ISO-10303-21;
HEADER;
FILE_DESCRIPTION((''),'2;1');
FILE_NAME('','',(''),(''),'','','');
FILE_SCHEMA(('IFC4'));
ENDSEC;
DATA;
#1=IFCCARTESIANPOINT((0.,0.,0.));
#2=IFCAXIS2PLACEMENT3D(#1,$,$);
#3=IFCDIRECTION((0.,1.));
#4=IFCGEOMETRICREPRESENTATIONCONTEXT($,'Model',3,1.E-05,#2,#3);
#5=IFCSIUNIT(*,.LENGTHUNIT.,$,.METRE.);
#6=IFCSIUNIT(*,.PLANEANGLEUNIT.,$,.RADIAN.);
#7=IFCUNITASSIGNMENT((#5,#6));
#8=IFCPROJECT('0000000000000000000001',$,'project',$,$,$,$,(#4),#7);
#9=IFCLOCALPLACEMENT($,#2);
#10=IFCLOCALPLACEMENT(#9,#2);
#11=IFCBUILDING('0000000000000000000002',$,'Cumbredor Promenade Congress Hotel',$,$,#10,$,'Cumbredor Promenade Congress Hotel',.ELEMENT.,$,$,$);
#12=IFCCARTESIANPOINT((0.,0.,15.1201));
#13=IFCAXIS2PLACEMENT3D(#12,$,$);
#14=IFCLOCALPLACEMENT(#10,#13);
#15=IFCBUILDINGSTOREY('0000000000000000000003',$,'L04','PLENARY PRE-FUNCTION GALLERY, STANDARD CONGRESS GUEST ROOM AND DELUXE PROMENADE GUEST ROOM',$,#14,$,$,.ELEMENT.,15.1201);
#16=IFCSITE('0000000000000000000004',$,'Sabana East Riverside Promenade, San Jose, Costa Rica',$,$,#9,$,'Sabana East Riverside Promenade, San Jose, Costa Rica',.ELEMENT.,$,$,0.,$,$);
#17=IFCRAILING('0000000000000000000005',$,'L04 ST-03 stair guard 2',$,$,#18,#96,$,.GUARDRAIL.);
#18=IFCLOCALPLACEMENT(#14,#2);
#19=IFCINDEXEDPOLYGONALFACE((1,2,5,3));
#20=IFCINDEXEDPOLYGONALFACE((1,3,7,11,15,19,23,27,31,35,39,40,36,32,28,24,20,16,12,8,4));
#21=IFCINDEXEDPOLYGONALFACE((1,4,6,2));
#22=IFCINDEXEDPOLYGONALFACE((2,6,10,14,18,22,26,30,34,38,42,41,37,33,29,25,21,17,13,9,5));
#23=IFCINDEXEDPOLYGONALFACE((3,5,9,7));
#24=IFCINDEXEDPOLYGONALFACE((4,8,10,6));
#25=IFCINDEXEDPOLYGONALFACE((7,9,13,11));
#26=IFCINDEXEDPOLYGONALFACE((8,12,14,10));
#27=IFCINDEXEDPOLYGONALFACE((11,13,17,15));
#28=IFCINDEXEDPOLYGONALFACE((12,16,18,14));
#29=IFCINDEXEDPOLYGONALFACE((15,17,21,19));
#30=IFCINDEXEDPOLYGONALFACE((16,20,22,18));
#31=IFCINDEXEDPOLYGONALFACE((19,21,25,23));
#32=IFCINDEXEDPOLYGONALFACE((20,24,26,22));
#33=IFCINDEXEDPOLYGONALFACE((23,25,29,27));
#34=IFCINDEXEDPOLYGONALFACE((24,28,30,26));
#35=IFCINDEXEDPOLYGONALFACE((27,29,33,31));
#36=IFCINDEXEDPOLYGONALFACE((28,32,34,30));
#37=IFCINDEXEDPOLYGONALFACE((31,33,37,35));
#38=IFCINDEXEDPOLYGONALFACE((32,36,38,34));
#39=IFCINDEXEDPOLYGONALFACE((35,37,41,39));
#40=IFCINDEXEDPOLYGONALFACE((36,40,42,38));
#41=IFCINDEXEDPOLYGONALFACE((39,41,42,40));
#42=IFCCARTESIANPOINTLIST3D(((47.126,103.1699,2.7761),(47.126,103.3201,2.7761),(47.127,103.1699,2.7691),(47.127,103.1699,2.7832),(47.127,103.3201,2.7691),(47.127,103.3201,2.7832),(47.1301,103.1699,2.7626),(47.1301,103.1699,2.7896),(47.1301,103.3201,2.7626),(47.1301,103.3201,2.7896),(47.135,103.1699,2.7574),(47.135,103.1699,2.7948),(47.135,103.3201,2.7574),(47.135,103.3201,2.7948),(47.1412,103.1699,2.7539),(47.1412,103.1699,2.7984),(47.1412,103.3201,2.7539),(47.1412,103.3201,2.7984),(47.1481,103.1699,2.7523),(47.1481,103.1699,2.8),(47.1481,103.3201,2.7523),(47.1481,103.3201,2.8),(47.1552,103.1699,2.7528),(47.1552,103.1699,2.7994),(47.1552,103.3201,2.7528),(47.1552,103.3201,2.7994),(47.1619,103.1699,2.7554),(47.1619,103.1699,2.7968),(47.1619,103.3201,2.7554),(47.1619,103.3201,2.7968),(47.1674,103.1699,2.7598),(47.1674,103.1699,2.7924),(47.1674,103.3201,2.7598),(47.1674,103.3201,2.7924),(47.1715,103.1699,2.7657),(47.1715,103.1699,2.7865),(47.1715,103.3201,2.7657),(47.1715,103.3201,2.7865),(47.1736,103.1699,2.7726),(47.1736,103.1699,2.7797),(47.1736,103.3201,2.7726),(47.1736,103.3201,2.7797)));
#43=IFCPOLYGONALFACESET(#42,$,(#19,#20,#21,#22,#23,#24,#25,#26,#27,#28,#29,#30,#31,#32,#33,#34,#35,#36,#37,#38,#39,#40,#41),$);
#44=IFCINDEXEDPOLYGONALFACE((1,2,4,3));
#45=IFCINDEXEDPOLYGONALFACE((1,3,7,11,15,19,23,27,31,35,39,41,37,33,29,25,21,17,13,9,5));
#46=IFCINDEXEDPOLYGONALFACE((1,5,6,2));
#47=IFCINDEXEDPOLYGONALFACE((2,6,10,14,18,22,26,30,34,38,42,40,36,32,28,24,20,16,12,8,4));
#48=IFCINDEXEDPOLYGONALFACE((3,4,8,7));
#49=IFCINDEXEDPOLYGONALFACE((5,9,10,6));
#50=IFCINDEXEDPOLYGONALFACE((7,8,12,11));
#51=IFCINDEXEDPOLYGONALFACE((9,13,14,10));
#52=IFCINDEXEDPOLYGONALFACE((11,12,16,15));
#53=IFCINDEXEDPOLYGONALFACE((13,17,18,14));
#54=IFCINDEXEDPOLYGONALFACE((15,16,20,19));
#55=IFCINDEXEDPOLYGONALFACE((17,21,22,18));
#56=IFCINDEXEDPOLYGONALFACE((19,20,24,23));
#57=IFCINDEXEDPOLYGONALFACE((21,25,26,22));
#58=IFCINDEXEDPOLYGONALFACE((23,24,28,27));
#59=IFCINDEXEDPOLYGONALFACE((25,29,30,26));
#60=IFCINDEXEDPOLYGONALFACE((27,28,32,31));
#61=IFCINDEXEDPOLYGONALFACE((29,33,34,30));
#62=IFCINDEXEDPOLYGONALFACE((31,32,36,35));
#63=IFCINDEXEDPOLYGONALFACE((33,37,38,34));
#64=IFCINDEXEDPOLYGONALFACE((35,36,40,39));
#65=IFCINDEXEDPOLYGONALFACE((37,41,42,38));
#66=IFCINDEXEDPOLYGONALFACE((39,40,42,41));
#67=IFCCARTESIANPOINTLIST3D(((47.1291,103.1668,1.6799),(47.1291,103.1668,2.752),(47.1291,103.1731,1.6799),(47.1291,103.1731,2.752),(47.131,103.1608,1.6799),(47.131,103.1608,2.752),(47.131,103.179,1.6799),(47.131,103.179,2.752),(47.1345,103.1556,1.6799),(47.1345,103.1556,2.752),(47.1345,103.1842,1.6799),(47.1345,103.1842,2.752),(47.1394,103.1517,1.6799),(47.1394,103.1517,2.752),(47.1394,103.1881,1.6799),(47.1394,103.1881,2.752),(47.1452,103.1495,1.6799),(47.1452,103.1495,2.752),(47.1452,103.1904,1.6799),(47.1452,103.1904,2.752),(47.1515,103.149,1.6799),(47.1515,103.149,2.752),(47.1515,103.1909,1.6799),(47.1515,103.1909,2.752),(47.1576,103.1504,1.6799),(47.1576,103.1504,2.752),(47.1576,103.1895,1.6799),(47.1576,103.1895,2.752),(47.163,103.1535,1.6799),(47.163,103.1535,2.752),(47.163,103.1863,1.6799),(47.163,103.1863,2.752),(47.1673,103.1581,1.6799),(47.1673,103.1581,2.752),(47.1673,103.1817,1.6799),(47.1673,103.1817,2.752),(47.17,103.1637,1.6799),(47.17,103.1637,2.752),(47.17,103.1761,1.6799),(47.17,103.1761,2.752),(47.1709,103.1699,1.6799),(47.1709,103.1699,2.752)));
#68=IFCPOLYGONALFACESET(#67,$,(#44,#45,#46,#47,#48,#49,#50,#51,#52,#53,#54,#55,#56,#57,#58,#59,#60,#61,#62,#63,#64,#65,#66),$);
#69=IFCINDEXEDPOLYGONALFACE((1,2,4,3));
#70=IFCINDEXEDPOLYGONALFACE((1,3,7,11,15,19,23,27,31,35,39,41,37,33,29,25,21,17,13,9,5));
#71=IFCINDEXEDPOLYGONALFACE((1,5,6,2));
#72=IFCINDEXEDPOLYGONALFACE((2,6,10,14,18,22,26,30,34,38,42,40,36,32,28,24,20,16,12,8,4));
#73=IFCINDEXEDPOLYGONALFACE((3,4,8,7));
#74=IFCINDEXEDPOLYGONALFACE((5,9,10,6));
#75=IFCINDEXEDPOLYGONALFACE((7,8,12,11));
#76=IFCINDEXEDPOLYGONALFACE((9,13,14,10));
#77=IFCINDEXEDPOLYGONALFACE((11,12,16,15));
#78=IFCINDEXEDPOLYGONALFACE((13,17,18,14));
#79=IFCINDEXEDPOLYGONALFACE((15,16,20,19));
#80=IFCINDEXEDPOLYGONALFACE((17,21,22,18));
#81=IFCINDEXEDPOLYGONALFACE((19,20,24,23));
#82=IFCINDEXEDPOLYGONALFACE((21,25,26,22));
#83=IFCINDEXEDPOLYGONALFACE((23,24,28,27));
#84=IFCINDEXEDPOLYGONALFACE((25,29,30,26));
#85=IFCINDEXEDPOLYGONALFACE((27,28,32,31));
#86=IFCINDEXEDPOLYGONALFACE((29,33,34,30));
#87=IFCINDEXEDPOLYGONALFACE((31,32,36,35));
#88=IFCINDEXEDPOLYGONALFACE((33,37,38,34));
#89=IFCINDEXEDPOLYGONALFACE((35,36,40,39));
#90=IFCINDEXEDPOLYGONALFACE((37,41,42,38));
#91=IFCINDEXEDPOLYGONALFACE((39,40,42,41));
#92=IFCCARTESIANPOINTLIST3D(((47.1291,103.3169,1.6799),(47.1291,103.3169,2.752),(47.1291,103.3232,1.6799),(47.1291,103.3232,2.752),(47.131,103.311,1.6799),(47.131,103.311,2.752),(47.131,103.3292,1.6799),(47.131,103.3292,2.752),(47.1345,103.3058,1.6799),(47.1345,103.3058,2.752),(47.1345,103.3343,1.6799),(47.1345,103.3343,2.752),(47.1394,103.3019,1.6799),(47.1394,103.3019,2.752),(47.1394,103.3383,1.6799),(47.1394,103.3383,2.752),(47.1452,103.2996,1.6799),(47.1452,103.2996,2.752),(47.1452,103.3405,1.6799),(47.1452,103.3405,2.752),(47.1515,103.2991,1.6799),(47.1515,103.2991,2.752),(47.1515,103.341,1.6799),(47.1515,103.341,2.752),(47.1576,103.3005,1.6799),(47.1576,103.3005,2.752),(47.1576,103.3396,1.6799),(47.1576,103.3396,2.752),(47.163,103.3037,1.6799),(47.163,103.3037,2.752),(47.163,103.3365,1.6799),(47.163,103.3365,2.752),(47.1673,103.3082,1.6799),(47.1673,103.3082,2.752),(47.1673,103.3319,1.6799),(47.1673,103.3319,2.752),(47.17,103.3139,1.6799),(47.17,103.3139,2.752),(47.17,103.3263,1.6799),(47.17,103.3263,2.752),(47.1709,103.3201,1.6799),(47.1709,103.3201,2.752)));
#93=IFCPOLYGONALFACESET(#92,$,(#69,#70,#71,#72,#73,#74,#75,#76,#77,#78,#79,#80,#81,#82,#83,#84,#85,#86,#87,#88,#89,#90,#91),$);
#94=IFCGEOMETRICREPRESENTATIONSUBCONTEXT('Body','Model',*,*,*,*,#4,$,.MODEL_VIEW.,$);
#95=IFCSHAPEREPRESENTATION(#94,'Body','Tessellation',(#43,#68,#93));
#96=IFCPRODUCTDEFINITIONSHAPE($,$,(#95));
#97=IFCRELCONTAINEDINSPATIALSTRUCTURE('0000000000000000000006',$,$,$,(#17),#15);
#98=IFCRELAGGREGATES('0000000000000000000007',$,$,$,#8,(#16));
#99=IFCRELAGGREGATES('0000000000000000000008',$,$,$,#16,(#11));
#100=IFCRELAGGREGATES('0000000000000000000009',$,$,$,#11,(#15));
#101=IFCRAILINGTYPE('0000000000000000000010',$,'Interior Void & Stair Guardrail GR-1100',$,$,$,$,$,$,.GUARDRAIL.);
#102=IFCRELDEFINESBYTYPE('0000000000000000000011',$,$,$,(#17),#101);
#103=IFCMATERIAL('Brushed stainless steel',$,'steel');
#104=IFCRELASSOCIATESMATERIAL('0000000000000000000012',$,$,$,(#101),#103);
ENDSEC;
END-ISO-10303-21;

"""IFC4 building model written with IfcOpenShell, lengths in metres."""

from ifc_helpers import new_model, si_unit, direction, frame, origin, origin_2d, place, context, subcontext, project, spatial, circle, extrude, material, type_object, element, save


model = new_model("IFC4")

# Units and contexts
model_context = context("Model", 3, precision=1e-05, world=origin(), true_north=direction((0.0, 1.0)))
body_context = subcontext(model_context, "Body", "Model", "MODEL_VIEW")
ifc_project = project(units=[si_unit("LENGTHUNIT", "METRE"), si_unit("PLANEANGLEUNIT", "RADIAN")], contexts=[model_context])

# Site, building, storey
site_placement = place(None, origin())
site = spatial("IfcSite", under=ifc_project, at=site_placement, Name="Sabana East Riverside Promenade, San Jose, Costa Rica", LongName="Sabana East Riverside Promenade, San Jose, Costa Rica", CompositionType="ELEMENT", RefElevation=0.0)
building_placement = place(site_placement, origin())
building = spatial("IfcBuilding", under=site, at=building_placement, Name="Cumbredor Promenade Congress Hotel", LongName="Cumbredor Promenade Congress Hotel", CompositionType="ELEMENT")
storey_placement = place(building_placement, frame((0.0, 0.0, 15.1201)))
storey = spatial("IfcBuildingStorey", under=building, at=storey_placement, Name="L04", Description="PLENARY PRE-FUNCTION GALLERY, STANDARD CONGRESS GUEST ROOM AND DELUXE PROMENADE GUEST ROOM", CompositionType="ELEMENT", Elevation=15.1201)

# Railing
ifc_material_1 = material(Name="Brushed stainless steel", Category="steel")
railing_type_1 = type_object("IfcRailingType", Name="Interior Void & Stair Guardrail GR-1100", PredefinedType="GUARDRAIL", material=ifc_material_1)
railing_1_placement = place(storey_placement, frame((47.1499, 103.1699, 1.6799)))
element("IfcRailing", 1, at=railing_1_placement, inside=storey, type_object=railing_type_1, Name="L04 ST-03 stair guard 2", PredefinedType="GUARDRAIL", context=body_context, shape_type="SweptSolid", body=[
    extrude(circle(Radius=0.0239, at=origin_2d()), frame((0.0, 0.0, 1.0962), z_axis=(0.0, 1.0, 0.0), x_axis=(-1.0, 0.0, 0.0)), (0.0, 0.0, 1.0), 0.1501),
    extrude(circle(Radius=0.021, at=origin_2d()), origin(), (0.0, 0.0, 1.0), 1.072),
    extrude(circle(Radius=0.021, at=origin_2d()), frame((0.0, 0.1501, 0.0)), (0.0, 0.0, 1.0), 1.072),
])

save(model, "model.ifc")
